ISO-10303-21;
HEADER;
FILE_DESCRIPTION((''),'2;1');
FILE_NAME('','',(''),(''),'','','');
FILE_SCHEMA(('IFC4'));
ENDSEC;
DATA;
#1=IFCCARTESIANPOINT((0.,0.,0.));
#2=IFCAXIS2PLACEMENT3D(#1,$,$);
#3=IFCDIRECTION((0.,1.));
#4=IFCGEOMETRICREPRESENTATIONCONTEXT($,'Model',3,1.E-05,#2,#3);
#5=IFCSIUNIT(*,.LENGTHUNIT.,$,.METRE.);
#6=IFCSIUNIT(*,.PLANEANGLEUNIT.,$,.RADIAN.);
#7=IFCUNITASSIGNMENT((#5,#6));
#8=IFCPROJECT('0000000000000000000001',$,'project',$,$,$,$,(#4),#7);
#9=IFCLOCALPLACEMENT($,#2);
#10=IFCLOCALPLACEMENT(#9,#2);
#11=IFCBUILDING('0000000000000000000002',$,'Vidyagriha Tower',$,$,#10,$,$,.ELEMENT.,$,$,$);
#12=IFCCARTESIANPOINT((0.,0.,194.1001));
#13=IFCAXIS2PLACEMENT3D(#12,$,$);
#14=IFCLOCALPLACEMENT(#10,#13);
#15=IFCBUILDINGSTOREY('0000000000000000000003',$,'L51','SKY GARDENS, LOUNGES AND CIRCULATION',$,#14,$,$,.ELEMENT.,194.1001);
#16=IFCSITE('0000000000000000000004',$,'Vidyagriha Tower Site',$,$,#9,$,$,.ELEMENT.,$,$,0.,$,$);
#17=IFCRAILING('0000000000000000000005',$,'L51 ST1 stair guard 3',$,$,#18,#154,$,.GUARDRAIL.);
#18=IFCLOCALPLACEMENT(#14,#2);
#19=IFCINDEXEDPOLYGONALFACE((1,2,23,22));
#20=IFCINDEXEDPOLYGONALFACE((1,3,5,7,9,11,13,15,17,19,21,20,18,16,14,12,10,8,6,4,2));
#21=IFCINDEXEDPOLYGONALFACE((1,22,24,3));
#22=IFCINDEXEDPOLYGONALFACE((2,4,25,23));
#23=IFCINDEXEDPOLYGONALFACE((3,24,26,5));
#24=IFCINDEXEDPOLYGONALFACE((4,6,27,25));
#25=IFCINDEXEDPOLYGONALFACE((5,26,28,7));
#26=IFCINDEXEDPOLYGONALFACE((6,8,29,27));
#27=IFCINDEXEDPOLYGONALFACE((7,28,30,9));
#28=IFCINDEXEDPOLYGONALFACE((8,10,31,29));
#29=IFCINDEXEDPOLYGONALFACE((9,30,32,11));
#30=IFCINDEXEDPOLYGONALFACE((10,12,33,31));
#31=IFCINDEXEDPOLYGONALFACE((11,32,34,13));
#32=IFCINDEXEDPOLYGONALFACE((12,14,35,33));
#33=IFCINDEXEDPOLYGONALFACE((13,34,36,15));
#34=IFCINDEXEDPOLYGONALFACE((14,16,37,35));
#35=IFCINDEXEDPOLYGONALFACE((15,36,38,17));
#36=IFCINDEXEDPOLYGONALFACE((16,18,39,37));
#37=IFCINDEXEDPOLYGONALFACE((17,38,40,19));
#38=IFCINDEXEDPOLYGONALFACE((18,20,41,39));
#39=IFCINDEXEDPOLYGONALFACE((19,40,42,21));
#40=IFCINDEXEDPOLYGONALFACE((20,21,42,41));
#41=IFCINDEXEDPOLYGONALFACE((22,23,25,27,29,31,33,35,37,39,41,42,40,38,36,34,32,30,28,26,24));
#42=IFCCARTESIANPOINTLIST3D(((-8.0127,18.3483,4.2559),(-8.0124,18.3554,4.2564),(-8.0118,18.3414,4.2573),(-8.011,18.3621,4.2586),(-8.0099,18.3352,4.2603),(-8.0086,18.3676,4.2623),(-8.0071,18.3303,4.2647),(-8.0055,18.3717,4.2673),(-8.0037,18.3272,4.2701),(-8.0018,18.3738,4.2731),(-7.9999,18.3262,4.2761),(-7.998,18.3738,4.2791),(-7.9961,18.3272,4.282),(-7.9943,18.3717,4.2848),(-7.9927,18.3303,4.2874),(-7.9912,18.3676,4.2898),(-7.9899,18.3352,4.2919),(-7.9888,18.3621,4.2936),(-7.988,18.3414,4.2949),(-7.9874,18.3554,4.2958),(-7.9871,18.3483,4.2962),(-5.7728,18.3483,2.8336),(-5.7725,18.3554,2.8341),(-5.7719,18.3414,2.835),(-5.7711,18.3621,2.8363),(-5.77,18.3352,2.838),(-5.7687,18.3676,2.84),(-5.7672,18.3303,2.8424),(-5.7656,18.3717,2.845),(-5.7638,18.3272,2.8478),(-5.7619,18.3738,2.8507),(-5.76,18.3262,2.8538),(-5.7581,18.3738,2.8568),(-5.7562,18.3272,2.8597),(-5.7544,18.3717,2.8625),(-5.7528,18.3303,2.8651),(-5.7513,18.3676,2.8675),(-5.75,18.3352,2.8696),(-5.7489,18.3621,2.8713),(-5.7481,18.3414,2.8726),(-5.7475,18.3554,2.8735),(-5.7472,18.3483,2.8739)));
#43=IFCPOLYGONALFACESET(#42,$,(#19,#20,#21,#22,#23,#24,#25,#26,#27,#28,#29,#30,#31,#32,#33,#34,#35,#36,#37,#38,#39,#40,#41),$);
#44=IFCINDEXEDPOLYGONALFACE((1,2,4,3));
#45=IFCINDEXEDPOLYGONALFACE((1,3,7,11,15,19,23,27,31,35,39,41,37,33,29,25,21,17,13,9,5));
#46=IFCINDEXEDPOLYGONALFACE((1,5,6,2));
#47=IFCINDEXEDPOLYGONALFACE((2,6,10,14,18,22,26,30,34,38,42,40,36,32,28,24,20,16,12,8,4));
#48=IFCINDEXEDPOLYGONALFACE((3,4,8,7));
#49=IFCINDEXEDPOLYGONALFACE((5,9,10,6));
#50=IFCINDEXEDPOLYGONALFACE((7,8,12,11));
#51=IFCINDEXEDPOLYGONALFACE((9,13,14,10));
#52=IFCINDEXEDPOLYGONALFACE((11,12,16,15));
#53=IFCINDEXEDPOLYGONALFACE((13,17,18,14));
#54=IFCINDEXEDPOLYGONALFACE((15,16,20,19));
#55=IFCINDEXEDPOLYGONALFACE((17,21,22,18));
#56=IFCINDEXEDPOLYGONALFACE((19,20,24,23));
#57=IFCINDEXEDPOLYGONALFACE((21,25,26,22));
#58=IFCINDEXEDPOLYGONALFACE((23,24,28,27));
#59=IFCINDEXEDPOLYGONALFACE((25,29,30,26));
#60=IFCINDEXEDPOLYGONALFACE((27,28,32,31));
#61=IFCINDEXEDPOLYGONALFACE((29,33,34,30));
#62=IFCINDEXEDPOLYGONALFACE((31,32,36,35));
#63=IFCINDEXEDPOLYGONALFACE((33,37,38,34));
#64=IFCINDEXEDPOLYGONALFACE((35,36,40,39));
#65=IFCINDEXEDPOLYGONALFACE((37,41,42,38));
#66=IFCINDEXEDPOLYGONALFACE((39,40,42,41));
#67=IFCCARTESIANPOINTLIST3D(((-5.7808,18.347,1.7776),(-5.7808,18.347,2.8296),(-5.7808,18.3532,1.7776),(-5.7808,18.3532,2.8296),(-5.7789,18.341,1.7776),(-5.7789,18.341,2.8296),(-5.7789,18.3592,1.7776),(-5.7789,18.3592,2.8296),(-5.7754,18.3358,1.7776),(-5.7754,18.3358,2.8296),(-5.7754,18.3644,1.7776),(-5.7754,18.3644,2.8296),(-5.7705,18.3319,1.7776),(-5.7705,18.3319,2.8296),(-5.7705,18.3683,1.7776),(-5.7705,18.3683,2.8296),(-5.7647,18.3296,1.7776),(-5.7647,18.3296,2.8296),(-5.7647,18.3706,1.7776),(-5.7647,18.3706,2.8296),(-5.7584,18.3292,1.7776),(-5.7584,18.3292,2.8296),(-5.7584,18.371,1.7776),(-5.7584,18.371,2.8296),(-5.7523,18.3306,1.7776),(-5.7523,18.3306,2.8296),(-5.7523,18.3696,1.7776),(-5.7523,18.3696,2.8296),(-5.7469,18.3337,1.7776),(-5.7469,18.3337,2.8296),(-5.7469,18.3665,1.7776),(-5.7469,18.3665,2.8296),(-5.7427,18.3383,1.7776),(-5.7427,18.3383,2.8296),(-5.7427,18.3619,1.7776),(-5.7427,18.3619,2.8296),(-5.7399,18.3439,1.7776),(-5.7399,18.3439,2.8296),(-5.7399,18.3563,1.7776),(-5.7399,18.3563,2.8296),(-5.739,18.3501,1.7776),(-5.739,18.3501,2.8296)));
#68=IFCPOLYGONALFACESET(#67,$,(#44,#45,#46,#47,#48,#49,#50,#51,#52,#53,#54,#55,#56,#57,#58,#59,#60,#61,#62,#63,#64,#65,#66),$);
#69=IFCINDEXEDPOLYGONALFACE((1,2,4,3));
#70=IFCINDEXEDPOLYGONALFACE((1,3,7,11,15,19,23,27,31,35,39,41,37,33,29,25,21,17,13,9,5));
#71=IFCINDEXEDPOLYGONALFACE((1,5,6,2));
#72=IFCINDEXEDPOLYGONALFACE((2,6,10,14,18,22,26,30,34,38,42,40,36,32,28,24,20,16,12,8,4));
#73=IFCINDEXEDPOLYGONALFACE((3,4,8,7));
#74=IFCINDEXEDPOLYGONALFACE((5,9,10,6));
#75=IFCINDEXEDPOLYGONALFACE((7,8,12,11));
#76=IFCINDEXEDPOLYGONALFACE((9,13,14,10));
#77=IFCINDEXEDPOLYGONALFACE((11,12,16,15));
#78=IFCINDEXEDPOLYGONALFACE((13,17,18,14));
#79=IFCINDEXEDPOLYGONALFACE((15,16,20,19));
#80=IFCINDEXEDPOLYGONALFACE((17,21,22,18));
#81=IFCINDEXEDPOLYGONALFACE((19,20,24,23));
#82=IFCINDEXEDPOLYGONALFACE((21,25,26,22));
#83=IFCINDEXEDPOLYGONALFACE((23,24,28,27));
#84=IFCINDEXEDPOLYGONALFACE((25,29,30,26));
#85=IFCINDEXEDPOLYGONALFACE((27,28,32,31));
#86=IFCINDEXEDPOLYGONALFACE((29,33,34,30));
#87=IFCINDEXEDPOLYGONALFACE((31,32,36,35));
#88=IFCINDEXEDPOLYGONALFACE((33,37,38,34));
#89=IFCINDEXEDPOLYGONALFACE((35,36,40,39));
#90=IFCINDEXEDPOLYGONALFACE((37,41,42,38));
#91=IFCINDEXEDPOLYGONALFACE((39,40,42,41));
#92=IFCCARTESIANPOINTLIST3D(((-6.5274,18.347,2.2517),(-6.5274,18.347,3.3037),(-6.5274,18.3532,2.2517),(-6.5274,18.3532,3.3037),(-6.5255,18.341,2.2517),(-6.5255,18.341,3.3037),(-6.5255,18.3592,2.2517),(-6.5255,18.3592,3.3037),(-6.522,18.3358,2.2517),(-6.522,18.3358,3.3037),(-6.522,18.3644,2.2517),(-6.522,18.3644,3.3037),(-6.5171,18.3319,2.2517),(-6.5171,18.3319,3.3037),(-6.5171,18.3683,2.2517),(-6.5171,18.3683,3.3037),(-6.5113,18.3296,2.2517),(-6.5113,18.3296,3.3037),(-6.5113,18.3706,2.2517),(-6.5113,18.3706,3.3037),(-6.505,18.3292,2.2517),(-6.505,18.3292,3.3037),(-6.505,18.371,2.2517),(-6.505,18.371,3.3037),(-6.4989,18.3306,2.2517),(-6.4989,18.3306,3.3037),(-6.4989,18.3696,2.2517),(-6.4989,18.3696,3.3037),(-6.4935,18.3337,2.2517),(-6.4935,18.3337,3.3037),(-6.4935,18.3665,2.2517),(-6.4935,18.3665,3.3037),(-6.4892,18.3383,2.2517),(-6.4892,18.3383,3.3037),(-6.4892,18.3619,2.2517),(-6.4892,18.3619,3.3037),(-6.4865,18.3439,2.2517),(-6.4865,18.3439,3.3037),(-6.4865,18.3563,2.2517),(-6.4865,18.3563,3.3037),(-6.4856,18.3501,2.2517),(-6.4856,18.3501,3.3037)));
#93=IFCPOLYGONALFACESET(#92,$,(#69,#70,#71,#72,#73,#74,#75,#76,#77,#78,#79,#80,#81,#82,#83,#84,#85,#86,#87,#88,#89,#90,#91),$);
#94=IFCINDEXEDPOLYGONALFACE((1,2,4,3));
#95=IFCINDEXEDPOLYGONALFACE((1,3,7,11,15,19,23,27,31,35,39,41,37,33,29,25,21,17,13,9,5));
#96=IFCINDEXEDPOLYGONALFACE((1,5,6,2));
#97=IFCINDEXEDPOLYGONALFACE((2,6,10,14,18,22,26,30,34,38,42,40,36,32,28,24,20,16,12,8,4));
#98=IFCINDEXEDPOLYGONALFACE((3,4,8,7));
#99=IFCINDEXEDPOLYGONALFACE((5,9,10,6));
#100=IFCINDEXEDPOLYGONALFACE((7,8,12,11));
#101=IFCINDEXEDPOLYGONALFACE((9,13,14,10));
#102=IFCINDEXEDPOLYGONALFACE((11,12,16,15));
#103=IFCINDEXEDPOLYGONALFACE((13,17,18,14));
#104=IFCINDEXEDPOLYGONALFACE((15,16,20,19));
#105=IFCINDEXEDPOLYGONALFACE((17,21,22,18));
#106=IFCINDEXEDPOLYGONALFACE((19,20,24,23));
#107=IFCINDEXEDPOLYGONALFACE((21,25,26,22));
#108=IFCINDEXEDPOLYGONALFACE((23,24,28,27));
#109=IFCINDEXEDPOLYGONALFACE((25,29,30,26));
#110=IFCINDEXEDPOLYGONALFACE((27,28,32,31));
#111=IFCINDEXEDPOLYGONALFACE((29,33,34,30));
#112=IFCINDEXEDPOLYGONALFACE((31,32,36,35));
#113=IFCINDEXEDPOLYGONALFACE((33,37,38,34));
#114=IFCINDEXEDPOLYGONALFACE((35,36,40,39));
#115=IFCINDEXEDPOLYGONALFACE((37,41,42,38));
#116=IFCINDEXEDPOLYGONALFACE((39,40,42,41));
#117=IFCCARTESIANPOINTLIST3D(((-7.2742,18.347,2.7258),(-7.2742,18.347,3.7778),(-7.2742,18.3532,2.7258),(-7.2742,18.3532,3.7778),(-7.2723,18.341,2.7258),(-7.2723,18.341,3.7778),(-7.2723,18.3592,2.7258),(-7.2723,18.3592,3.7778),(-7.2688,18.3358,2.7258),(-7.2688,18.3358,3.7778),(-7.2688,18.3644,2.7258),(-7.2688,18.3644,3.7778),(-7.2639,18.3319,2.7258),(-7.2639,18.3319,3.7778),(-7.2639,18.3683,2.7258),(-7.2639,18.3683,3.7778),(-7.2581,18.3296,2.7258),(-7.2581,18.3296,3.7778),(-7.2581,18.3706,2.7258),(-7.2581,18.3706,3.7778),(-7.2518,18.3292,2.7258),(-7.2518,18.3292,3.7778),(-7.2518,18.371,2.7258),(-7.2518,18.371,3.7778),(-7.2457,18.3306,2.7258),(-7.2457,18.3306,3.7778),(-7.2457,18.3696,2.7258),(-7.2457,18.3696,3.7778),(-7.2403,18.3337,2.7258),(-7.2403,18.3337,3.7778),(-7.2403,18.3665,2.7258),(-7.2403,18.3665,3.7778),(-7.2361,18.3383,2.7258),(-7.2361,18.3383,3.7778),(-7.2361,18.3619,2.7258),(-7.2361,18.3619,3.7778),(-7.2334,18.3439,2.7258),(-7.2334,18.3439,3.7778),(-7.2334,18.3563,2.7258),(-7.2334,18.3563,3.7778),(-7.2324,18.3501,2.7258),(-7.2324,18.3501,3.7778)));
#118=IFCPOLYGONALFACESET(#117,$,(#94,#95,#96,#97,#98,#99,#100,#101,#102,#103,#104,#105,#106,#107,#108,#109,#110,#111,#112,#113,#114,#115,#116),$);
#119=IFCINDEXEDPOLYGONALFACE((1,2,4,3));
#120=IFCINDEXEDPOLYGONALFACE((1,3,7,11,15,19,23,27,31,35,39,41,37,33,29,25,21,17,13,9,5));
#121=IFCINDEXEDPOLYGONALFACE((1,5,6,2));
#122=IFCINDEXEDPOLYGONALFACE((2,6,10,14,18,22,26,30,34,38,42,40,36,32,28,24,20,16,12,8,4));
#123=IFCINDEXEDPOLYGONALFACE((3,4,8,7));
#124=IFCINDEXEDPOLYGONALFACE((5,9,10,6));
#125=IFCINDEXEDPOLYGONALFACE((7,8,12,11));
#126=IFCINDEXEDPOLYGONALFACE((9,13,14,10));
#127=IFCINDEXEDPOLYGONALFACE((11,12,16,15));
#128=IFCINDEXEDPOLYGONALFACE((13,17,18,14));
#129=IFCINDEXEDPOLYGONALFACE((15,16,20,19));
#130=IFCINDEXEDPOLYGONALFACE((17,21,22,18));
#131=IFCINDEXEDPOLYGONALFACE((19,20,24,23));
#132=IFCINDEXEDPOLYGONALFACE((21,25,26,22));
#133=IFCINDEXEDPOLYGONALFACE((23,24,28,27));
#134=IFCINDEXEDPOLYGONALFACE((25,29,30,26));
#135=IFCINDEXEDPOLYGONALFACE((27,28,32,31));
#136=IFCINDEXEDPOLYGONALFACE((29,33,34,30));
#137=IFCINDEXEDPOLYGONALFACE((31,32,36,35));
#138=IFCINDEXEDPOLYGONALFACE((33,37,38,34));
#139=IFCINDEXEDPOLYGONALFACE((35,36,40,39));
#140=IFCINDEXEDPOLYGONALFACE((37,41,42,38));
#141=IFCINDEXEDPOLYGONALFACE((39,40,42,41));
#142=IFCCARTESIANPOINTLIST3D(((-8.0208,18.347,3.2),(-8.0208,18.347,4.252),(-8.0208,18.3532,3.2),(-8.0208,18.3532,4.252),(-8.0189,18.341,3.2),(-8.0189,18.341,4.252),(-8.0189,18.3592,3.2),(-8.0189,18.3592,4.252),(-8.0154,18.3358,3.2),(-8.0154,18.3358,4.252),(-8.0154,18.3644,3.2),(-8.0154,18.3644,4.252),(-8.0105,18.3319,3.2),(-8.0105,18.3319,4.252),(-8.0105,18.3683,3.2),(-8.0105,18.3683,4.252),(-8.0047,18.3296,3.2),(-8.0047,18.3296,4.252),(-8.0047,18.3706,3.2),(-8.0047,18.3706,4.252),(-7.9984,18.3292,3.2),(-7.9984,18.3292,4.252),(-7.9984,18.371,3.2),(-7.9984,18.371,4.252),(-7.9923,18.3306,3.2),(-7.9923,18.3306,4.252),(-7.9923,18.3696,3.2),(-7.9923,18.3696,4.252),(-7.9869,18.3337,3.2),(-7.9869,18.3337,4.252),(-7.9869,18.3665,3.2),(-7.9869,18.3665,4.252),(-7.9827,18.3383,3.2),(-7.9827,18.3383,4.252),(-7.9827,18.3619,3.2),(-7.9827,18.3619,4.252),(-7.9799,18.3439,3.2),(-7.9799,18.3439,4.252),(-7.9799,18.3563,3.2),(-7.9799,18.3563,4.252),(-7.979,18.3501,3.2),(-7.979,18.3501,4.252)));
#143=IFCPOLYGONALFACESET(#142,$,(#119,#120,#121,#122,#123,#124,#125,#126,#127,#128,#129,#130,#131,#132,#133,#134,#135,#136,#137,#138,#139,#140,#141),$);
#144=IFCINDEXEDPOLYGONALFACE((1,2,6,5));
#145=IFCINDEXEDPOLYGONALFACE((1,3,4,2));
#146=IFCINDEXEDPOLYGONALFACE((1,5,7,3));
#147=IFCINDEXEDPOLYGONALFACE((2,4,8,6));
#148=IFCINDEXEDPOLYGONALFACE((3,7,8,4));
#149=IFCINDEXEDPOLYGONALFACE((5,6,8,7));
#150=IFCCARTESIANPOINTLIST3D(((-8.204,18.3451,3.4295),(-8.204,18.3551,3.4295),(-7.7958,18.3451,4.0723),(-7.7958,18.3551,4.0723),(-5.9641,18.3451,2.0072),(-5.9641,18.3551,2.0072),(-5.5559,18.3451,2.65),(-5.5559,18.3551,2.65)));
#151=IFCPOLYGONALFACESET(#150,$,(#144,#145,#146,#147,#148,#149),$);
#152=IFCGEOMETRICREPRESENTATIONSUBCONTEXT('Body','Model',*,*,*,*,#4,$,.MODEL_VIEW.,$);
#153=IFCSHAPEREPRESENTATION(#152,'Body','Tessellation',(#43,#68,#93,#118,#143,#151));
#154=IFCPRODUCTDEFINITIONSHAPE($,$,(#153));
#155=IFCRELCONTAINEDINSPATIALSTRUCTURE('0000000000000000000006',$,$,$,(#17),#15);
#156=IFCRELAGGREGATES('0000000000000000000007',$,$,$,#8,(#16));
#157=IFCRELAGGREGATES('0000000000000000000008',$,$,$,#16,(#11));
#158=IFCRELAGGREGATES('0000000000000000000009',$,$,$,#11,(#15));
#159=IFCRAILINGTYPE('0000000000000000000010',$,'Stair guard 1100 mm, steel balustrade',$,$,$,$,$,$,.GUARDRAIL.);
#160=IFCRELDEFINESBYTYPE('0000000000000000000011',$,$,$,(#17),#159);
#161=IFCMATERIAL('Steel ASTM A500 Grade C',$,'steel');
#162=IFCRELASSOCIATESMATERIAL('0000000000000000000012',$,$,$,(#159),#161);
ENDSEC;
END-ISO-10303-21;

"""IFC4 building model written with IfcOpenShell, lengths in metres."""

from ifc_helpers import new_model, si_unit, direction, frame, origin, origin_2d, place, context, subcontext, project, spatial, rectangle, circle, extrude, material, type_object, element, save


model = new_model("IFC4")

# Units and contexts
model_context = context("Model", 3, precision=1e-05, world=origin(), true_north=direction((0.0, 1.0)))
body_context = subcontext(model_context, "Body", "Model", "MODEL_VIEW")
ifc_project = project(units=[si_unit("LENGTHUNIT", "METRE"), si_unit("PLANEANGLEUNIT", "RADIAN")], contexts=[model_context])

# Site, building, storey
site_placement = place(None, origin())
site = spatial("IfcSite", under=ifc_project, at=site_placement, Name="Vidyagriha Tower Site", CompositionType="ELEMENT", RefElevation=0.0)
building_placement = place(site_placement, origin())
building = spatial("IfcBuilding", under=site, at=building_placement, Name="Vidyagriha Tower", CompositionType="ELEMENT")
storey_placement = place(building_placement, frame((0.0, 0.0, 194.1001)))
storey = spatial("IfcBuildingStorey", under=building, at=storey_placement, Name="L51", Description="SKY GARDENS, LOUNGES AND CIRCULATION", CompositionType="ELEMENT", Elevation=194.1001)

# Railing
ifc_material_1 = material(Name="Steel ASTM A500 Grade C", Category="steel")
railing_type_1 = type_object("IfcRailingType", Name="Stair guard 1100 mm, steel balustrade", PredefinedType="GUARDRAIL", material=ifc_material_1)
railing_1_placement = place(storey_placement, frame((-5.76, 18.3501, 1.7776)))
element("IfcRailing", 1, at=railing_1_placement, inside=storey, type_object=railing_type_1, Name="L51 ST1 stair guard 3", PredefinedType="GUARDRAIL", context=body_context, shape_type="SweptSolid", body=[
    extrude(circle(Radius=0.0239, at=origin_2d()), frame((0.0, 0.0, 1.0762), z_axis=(-0.844188, 0.0, 0.536048), x_axis=(0.0, -1.0, 0.0)), (0.0, 0.0, 1.0), 2.6533),
    extrude(circle(Radius=0.021, at=origin_2d()), origin(), (0.0, 0.0, 1.0), 1.052),
    extrude(circle(Radius=0.021, at=origin_2d()), frame((-0.7466, 0.0, 0.4741)), (0.0, 0.0, 1.0), 1.052),
    extrude(circle(Radius=0.021, at=origin_2d()), frame((-1.4934, 0.0, 0.9482)), (0.0, 0.0, 1.0), 1.052),
    extrude(circle(Radius=0.021, at=origin_2d()), frame((-2.24, 0.0, 1.4224)), (0.0, 0.0, 1.0), 1.052),
    extrude(rectangle(XDim=0.01, YDim=0.7615, at=origin_2d()), frame((0.0, 0.0, 0.551), z_axis=(-0.844188, 0.0, 0.536048), x_axis=(0.0, -1.0, 0.0)), (0.0, 0.0, 1.0), 2.6533),
])

save(model, "model.ifc")
